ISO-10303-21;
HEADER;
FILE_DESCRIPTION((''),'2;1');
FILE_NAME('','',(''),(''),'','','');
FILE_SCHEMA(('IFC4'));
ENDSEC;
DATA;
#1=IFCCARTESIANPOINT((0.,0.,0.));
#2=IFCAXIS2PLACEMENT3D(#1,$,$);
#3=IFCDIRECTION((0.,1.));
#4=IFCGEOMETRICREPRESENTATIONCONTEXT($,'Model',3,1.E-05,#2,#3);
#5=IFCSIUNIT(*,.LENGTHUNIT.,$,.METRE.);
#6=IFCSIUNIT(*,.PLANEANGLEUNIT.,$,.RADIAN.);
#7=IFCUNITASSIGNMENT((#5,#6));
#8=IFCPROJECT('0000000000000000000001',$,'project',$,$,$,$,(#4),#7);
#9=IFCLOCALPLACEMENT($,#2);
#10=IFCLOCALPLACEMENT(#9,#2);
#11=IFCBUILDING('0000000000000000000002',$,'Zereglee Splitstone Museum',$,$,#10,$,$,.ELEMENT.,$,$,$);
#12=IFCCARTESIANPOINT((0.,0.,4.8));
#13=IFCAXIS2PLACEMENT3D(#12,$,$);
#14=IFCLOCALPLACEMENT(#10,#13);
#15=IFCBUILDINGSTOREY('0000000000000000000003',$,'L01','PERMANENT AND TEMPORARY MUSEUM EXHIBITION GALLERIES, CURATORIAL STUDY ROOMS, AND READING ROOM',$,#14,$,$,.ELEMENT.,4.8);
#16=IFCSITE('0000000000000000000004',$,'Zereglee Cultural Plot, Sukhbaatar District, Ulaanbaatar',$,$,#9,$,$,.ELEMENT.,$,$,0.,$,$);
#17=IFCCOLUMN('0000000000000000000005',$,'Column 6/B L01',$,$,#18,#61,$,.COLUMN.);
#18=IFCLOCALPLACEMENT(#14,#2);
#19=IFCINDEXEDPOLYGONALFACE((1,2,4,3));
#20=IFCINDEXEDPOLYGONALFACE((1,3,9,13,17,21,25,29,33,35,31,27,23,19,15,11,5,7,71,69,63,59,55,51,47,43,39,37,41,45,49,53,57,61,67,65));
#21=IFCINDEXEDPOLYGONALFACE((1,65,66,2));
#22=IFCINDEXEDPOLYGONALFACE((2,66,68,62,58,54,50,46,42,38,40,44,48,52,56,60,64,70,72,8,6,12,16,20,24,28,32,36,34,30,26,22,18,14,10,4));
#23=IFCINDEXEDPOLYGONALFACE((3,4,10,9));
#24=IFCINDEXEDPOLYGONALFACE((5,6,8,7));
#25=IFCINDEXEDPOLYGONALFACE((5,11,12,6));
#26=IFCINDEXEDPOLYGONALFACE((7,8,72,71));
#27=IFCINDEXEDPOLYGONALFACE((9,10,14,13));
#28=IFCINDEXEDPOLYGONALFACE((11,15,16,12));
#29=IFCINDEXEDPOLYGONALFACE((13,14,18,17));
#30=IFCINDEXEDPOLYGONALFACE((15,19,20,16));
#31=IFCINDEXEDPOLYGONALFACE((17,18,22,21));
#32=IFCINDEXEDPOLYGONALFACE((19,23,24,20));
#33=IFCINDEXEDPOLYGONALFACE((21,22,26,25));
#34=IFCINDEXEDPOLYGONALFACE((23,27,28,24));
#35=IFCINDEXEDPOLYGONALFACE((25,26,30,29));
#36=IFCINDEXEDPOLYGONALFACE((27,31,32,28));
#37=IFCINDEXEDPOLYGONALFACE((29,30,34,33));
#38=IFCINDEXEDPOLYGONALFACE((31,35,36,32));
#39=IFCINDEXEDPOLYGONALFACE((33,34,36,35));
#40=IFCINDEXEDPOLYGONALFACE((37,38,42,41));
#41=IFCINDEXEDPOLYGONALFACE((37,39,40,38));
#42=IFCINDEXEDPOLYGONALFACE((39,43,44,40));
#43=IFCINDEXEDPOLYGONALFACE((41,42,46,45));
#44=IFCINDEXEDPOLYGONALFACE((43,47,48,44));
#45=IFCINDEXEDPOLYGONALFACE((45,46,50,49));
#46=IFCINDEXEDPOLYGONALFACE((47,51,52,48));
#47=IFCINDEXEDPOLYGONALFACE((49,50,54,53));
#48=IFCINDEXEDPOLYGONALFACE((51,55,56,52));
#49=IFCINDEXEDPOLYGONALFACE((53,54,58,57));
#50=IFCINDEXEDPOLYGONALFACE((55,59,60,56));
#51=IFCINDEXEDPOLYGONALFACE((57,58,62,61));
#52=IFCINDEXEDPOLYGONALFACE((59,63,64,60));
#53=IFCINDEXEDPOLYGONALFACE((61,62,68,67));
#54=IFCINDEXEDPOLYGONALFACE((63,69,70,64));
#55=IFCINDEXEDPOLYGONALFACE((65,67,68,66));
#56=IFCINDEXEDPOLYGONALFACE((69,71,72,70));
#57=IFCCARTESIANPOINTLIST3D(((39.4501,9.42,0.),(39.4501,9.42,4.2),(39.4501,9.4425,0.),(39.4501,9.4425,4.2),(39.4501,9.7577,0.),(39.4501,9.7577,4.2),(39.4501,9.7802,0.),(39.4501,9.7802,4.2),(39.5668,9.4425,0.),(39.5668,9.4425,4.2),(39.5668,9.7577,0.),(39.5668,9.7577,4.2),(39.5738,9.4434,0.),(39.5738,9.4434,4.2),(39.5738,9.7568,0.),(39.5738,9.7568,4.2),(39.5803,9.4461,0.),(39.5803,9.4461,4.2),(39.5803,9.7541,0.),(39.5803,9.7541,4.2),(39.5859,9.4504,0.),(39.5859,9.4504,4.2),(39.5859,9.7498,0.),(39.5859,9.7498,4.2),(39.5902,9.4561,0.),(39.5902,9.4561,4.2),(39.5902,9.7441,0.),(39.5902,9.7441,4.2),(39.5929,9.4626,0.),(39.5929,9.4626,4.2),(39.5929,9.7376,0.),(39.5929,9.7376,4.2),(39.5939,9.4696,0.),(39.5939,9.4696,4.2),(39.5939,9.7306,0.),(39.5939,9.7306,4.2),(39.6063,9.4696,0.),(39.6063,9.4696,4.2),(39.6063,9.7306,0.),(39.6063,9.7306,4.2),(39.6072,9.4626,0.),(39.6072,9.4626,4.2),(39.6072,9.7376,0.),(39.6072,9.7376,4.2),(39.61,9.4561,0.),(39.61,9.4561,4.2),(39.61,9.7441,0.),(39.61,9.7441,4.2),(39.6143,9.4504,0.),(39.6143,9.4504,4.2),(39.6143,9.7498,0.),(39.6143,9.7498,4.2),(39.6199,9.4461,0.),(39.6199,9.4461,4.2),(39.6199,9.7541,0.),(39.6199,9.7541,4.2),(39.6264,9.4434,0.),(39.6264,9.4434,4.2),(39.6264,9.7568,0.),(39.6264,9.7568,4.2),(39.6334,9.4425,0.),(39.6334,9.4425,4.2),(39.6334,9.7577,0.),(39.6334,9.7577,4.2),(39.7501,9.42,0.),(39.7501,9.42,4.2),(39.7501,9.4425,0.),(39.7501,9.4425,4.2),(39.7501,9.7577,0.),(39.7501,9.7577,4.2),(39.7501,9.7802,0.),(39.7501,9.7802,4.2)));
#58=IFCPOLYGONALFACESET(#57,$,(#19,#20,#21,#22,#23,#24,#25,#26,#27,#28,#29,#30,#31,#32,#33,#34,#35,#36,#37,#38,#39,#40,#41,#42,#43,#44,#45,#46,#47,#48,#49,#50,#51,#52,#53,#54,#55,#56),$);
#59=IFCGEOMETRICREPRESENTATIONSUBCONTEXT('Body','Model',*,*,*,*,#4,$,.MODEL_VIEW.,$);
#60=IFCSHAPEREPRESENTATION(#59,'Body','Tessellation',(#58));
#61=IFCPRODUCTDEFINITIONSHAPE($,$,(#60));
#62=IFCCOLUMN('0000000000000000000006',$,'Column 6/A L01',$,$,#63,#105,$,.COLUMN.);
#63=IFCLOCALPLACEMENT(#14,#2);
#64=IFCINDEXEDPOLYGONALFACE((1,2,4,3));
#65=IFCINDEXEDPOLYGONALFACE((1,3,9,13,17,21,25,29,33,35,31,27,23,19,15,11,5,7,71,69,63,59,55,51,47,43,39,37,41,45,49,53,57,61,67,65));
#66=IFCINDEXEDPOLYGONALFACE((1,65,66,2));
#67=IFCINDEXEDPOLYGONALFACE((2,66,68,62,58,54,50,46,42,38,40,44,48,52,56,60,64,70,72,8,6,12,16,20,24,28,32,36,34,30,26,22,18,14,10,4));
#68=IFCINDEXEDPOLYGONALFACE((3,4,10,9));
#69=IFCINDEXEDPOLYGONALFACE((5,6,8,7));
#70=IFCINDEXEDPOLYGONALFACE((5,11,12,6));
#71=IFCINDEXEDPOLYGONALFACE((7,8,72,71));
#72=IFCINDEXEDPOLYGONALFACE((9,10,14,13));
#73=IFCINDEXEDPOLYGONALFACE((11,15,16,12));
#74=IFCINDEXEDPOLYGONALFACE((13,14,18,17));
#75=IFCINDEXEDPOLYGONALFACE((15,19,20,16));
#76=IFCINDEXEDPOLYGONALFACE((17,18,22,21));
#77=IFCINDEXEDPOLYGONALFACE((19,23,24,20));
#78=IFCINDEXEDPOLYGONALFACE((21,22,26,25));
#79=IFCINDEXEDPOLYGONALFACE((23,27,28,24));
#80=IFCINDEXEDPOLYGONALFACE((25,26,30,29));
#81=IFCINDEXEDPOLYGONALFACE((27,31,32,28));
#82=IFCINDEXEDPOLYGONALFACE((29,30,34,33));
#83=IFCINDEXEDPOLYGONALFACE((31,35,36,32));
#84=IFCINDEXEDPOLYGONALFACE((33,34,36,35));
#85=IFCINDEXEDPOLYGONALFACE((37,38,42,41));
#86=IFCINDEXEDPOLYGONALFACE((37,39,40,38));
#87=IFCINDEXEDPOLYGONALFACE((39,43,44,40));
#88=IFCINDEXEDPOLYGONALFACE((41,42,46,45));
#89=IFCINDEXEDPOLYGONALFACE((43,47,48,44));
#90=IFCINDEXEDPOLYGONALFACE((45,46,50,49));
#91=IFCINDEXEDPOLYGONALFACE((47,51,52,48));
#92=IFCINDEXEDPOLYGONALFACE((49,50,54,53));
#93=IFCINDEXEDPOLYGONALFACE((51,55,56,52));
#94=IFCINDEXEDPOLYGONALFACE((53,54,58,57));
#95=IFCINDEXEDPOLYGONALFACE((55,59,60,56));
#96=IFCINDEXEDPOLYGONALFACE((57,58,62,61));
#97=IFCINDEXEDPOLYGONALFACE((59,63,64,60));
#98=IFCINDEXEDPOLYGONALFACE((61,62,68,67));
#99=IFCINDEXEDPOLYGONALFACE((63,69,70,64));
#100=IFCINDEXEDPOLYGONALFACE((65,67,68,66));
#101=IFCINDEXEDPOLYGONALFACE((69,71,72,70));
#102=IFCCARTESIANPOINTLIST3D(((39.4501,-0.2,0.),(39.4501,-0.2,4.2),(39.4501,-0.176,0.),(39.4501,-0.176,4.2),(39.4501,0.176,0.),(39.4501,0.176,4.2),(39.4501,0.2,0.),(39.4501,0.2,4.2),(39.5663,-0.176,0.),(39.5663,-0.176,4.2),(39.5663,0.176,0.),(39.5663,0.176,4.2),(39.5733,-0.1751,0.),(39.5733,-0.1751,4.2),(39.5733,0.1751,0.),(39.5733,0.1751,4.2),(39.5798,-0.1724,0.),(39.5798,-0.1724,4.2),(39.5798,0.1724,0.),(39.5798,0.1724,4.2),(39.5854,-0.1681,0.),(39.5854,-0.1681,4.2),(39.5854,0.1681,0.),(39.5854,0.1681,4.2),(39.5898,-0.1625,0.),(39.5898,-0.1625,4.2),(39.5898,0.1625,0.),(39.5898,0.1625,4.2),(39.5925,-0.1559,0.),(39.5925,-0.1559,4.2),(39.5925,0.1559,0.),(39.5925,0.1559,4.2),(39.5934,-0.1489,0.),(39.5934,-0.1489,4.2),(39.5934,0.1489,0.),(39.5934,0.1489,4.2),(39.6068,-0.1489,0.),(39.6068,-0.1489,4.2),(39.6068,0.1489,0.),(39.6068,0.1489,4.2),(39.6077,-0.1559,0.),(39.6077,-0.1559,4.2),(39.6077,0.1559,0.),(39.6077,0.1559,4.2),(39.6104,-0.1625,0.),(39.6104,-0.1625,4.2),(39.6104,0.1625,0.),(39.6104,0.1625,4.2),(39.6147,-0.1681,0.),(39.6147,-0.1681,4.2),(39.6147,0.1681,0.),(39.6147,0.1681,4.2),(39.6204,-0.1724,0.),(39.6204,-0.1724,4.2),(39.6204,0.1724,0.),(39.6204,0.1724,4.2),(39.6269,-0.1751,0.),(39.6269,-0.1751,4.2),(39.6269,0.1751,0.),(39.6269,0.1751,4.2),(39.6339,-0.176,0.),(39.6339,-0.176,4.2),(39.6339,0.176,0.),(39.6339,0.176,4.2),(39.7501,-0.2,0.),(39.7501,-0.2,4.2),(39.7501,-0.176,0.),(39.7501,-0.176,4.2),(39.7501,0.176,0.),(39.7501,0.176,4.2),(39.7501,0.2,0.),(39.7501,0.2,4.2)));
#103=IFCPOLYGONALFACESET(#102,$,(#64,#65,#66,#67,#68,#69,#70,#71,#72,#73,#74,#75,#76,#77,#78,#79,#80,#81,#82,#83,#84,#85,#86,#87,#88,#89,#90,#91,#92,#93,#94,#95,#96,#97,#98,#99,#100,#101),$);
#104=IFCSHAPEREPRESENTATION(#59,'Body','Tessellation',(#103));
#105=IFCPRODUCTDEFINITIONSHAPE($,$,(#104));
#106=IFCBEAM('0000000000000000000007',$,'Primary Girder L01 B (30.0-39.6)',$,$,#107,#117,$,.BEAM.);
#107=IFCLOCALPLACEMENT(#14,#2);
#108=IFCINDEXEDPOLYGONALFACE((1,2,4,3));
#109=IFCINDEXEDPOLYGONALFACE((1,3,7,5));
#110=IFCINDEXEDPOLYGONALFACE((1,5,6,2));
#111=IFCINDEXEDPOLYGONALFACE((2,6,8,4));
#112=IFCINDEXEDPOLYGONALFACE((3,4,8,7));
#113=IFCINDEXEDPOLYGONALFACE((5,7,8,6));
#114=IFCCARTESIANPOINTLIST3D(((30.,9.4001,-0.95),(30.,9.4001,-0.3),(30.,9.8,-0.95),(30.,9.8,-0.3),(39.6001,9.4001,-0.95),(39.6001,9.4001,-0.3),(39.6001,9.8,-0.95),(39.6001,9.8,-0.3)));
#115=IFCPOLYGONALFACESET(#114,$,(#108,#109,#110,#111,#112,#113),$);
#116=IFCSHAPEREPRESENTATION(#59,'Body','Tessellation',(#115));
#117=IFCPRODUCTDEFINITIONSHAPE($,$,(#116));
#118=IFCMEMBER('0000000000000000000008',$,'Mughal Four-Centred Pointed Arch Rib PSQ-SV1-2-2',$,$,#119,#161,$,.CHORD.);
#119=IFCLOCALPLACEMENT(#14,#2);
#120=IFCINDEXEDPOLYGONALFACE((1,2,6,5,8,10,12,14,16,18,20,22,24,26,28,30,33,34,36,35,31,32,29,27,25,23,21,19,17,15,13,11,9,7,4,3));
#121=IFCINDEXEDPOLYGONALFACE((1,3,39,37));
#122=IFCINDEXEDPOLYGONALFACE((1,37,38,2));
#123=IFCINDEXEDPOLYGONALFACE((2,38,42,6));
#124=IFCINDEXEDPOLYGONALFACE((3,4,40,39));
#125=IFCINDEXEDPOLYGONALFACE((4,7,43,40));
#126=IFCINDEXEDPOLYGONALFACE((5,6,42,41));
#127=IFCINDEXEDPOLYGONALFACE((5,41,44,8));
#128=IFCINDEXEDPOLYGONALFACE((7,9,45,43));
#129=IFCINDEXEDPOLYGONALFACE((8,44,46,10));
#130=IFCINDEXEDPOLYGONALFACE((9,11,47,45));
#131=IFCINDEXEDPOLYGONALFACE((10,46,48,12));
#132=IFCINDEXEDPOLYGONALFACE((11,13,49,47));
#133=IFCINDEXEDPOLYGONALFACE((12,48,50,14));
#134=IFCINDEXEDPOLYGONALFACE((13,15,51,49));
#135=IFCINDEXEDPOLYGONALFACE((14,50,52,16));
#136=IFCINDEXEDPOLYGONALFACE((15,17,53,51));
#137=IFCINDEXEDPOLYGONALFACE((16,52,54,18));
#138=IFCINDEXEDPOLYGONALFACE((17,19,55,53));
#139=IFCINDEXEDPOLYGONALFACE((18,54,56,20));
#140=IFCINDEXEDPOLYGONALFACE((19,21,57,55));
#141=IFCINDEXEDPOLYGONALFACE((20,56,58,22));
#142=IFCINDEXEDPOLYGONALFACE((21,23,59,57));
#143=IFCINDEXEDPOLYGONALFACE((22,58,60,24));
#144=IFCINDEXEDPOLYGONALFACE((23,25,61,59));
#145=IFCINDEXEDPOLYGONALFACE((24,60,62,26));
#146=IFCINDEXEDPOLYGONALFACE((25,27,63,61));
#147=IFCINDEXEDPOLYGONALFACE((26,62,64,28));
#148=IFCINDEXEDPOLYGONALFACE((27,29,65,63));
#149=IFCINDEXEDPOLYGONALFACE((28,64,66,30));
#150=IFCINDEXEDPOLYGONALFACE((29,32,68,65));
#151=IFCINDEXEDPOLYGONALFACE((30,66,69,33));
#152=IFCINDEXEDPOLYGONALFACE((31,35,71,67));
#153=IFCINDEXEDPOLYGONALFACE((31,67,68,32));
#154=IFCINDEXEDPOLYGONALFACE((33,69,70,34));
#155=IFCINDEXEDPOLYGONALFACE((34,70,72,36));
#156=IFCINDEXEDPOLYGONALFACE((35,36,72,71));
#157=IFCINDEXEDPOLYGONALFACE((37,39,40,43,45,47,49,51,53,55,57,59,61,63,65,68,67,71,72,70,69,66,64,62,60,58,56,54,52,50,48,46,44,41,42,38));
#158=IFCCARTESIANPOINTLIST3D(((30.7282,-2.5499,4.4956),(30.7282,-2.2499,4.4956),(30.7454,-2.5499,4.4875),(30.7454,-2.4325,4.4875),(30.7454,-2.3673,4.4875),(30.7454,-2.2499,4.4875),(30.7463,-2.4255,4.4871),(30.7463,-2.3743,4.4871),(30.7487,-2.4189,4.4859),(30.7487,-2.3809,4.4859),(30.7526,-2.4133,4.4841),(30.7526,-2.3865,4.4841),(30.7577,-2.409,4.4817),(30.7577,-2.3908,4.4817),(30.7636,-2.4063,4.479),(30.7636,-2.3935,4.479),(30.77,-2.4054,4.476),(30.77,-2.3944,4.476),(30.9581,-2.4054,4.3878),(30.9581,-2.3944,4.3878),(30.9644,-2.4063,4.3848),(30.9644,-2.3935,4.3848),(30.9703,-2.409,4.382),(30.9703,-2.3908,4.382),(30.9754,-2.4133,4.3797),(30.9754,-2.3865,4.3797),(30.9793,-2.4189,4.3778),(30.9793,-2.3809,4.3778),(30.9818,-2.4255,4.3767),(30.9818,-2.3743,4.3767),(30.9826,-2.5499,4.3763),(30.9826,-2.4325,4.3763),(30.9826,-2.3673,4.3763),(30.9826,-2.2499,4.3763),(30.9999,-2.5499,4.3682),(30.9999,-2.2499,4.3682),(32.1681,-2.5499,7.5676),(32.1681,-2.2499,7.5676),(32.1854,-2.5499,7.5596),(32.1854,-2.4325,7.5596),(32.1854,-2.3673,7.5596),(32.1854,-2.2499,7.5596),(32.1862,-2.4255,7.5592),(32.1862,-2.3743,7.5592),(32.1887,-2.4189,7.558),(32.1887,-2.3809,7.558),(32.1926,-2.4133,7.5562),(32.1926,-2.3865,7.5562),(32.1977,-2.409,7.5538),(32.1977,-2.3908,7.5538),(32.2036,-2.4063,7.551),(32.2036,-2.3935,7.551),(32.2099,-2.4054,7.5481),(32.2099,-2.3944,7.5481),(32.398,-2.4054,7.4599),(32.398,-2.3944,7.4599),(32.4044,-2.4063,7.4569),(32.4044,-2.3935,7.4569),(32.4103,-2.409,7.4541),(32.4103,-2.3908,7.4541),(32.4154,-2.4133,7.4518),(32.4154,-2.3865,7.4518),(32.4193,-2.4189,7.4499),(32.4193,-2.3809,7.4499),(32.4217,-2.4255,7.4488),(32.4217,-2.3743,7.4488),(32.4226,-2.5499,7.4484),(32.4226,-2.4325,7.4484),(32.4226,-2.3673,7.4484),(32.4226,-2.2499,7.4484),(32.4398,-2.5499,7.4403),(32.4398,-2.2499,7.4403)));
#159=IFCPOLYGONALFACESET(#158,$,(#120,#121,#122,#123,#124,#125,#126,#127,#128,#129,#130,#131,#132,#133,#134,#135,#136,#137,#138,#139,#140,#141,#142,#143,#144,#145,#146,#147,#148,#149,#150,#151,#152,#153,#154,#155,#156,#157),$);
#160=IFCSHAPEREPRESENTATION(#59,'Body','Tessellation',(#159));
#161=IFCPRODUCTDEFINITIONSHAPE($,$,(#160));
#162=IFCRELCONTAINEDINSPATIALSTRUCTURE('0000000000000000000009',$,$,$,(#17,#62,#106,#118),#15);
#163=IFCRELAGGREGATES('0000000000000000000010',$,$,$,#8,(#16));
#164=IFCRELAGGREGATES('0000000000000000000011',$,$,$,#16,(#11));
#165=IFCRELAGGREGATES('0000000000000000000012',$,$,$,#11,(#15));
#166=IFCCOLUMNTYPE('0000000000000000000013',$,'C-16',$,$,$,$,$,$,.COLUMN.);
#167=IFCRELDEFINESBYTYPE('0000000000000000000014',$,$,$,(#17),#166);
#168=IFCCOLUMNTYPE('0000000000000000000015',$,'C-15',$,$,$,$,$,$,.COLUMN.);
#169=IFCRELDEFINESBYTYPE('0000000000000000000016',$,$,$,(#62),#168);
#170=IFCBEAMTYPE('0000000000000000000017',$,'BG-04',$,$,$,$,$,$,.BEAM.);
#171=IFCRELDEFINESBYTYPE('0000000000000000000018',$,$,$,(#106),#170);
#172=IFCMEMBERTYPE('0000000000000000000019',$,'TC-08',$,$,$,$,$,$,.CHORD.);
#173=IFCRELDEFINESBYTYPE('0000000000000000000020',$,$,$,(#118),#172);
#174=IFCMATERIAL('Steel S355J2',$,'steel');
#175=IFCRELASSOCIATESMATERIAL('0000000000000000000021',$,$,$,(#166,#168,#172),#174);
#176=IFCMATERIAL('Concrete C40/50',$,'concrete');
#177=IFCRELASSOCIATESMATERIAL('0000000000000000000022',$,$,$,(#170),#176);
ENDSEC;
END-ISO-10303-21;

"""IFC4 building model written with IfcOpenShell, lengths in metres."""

from ifc_helpers import new_model, si_unit, direction, frame, origin, origin_2d, place, context, subcontext, project, spatial, rectangle, i_section, extrude, material, material_profile, profile_set, type_object, element, save


model = new_model("IFC4")

# Units and contexts
model_context = context("Model", 3, precision=1e-05, world=origin(), true_north=direction((0.0, 1.0)))
body_context = subcontext(model_context, "Body", "Model", "MODEL_VIEW")
ifc_project = project(units=[si_unit("LENGTHUNIT", "METRE"), si_unit("PLANEANGLEUNIT", "RADIAN")], contexts=[model_context])

# Site, building, storey
site_placement = place(None, origin())
site = spatial("IfcSite", under=ifc_project, at=site_placement, Name="Zereglee Cultural Plot, Sukhbaatar District, Ulaanbaatar", CompositionType="ELEMENT", RefElevation=0.0)
building_placement = place(site_placement, origin())
building = spatial("IfcBuilding", under=site, at=building_placement, Name="Zereglee Splitstone Museum", CompositionType="ELEMENT")
storey_placement = place(building_placement, frame((0.0, 0.0, 4.8)))
storey = spatial("IfcBuildingStorey", under=building, at=storey_placement, Name="L01", Description="PERMANENT AND TEMPORARY MUSEUM EXHIBITION GALLERIES, CURATORIAL STUDY ROOMS, AND READING ROOM", CompositionType="ELEMENT", Elevation=4.8)

# Columns
ifc_material_1 = material(Name="Steel S355J2", Category="steel")
ifc_material_profile_1 = material_profile(ifc_material_1, i_section(OverallWidth=0.3, OverallDepth=0.3601, WebThickness=0.0125, FlangeThickness=0.0225, FilletRadius=0.0271, at=origin_2d()), Name="HE 360 B")
ifc_profile_set_1 = profile_set([ifc_material_profile_1], Name="Steel S355J2")
column_type_1 = type_object("IfcColumnType", Name="C-16", PredefinedType="COLUMN", material=ifc_profile_set_1)
column_1_placement = place(storey_placement, frame((39.6001, 9.6001, 0.0), z_axis=(0.0, 0.0, 1.0), x_axis=(1.0, 0.0, 0.0)))
element("IfcColumn", 1, at=column_1_placement, inside=storey, type_object=column_type_1, Name="Column 6/B L01", PredefinedType="COLUMN", context=body_context, shape_type="SweptSolid", body=[
    extrude(i_section(OverallWidth=0.3, OverallDepth=0.3601, WebThickness=0.0125, FlangeThickness=0.0225, FilletRadius=0.0271, at=origin_2d()), origin(), (0.0, 0.0, 1.0), 4.2),
])
ifc_material_profile_2 = material_profile(ifc_material_1, i_section(OverallWidth=0.3, OverallDepth=0.3999, WebThickness=0.0134, FlangeThickness=0.0239, FilletRadius=0.0271, at=origin_2d()), Name="HE 400 B")
ifc_profile_set_2 = profile_set([ifc_material_profile_2], Name="Steel S355J2")
column_type_2 = type_object("IfcColumnType", Name="C-15", PredefinedType="COLUMN", material=ifc_profile_set_2)
column_2_placement = place(storey_placement, frame((39.6001, 0.0, 0.0), z_axis=(0.0, 0.0, 1.0), x_axis=(1.0, 0.0, 0.0)))
element("IfcColumn", 2, at=column_2_placement, inside=storey, type_object=column_type_2, Name="Column 6/A L01", PredefinedType="COLUMN", context=body_context, shape_type="SweptSolid", body=[
    extrude(i_section(OverallWidth=0.3, OverallDepth=0.3999, WebThickness=0.0134, FlangeThickness=0.0239, FilletRadius=0.0271, at=origin_2d()), origin(), (0.0, 0.0, 1.0), 4.2),
])

# Beam
ifc_material_2 = material(Name="Concrete C40/50", Category="concrete")
ifc_material_profile_3 = material_profile(ifc_material_2, rectangle(XDim=0.3999, YDim=0.6499, at=origin_2d()), Name="RC 400x650")
ifc_profile_set_3 = profile_set([ifc_material_profile_3], Name="Concrete C40/50")
beam_type_1 = type_object("IfcBeamType", Name="BG-04", PredefinedType="BEAM", material=ifc_profile_set_3)
beam_1_placement = place(storey_placement, frame((30.0, 9.6001, -0.625), z_axis=(1.0, 0.0, 0.0), x_axis=(0.0, 1.0, 0.0)))
element("IfcBeam", 3, at=beam_1_placement, inside=storey, type_object=beam_type_1, Name="Primary Girder L01 B (30.0-39.6)", PredefinedType="BEAM", context=body_context, shape_type="SweptSolid", body=[
    extrude(rectangle(XDim=0.3999, YDim=0.6499, at=origin_2d()), origin(), (0.0, 0.0, 1.0), 9.6001),
])

# Member
ifc_material_profile_4 = material_profile(ifc_material_1, i_section(OverallWidth=0.3, OverallDepth=0.3, WebThickness=0.011, FlangeThickness=0.019, FilletRadius=0.0271, at=origin_2d()), Name="HE 300 B")
ifc_profile_set_4 = profile_set([ifc_material_profile_4], Name="Steel S355J2")
member_type_1 = type_object("IfcMemberType", Name="TC-08", PredefinedType="CHORD", material=ifc_profile_set_4)
member_1_placement = place(storey_placement, frame((30.864, -2.3999, 4.4319), z_axis=(0.424417, 0.0, 0.905467), x_axis=(0.0, 1.0, 0.0)))
element("IfcMember", 4, at=member_1_placement, inside=storey, type_object=member_type_1, Name="Mughal Four-Centred Pointed Arch Rib PSQ-SV1-2-2", PredefinedType="CHORD", context=body_context, shape_type="SweptSolid", body=[
    extrude(i_section(OverallWidth=0.3, OverallDepth=0.3, WebThickness=0.011, FlangeThickness=0.019, FilletRadius=0.0271, at=origin_2d()), origin(), (0.0, 0.0, 1.0), 3.3928),
])

save(model, "model.ifc")
